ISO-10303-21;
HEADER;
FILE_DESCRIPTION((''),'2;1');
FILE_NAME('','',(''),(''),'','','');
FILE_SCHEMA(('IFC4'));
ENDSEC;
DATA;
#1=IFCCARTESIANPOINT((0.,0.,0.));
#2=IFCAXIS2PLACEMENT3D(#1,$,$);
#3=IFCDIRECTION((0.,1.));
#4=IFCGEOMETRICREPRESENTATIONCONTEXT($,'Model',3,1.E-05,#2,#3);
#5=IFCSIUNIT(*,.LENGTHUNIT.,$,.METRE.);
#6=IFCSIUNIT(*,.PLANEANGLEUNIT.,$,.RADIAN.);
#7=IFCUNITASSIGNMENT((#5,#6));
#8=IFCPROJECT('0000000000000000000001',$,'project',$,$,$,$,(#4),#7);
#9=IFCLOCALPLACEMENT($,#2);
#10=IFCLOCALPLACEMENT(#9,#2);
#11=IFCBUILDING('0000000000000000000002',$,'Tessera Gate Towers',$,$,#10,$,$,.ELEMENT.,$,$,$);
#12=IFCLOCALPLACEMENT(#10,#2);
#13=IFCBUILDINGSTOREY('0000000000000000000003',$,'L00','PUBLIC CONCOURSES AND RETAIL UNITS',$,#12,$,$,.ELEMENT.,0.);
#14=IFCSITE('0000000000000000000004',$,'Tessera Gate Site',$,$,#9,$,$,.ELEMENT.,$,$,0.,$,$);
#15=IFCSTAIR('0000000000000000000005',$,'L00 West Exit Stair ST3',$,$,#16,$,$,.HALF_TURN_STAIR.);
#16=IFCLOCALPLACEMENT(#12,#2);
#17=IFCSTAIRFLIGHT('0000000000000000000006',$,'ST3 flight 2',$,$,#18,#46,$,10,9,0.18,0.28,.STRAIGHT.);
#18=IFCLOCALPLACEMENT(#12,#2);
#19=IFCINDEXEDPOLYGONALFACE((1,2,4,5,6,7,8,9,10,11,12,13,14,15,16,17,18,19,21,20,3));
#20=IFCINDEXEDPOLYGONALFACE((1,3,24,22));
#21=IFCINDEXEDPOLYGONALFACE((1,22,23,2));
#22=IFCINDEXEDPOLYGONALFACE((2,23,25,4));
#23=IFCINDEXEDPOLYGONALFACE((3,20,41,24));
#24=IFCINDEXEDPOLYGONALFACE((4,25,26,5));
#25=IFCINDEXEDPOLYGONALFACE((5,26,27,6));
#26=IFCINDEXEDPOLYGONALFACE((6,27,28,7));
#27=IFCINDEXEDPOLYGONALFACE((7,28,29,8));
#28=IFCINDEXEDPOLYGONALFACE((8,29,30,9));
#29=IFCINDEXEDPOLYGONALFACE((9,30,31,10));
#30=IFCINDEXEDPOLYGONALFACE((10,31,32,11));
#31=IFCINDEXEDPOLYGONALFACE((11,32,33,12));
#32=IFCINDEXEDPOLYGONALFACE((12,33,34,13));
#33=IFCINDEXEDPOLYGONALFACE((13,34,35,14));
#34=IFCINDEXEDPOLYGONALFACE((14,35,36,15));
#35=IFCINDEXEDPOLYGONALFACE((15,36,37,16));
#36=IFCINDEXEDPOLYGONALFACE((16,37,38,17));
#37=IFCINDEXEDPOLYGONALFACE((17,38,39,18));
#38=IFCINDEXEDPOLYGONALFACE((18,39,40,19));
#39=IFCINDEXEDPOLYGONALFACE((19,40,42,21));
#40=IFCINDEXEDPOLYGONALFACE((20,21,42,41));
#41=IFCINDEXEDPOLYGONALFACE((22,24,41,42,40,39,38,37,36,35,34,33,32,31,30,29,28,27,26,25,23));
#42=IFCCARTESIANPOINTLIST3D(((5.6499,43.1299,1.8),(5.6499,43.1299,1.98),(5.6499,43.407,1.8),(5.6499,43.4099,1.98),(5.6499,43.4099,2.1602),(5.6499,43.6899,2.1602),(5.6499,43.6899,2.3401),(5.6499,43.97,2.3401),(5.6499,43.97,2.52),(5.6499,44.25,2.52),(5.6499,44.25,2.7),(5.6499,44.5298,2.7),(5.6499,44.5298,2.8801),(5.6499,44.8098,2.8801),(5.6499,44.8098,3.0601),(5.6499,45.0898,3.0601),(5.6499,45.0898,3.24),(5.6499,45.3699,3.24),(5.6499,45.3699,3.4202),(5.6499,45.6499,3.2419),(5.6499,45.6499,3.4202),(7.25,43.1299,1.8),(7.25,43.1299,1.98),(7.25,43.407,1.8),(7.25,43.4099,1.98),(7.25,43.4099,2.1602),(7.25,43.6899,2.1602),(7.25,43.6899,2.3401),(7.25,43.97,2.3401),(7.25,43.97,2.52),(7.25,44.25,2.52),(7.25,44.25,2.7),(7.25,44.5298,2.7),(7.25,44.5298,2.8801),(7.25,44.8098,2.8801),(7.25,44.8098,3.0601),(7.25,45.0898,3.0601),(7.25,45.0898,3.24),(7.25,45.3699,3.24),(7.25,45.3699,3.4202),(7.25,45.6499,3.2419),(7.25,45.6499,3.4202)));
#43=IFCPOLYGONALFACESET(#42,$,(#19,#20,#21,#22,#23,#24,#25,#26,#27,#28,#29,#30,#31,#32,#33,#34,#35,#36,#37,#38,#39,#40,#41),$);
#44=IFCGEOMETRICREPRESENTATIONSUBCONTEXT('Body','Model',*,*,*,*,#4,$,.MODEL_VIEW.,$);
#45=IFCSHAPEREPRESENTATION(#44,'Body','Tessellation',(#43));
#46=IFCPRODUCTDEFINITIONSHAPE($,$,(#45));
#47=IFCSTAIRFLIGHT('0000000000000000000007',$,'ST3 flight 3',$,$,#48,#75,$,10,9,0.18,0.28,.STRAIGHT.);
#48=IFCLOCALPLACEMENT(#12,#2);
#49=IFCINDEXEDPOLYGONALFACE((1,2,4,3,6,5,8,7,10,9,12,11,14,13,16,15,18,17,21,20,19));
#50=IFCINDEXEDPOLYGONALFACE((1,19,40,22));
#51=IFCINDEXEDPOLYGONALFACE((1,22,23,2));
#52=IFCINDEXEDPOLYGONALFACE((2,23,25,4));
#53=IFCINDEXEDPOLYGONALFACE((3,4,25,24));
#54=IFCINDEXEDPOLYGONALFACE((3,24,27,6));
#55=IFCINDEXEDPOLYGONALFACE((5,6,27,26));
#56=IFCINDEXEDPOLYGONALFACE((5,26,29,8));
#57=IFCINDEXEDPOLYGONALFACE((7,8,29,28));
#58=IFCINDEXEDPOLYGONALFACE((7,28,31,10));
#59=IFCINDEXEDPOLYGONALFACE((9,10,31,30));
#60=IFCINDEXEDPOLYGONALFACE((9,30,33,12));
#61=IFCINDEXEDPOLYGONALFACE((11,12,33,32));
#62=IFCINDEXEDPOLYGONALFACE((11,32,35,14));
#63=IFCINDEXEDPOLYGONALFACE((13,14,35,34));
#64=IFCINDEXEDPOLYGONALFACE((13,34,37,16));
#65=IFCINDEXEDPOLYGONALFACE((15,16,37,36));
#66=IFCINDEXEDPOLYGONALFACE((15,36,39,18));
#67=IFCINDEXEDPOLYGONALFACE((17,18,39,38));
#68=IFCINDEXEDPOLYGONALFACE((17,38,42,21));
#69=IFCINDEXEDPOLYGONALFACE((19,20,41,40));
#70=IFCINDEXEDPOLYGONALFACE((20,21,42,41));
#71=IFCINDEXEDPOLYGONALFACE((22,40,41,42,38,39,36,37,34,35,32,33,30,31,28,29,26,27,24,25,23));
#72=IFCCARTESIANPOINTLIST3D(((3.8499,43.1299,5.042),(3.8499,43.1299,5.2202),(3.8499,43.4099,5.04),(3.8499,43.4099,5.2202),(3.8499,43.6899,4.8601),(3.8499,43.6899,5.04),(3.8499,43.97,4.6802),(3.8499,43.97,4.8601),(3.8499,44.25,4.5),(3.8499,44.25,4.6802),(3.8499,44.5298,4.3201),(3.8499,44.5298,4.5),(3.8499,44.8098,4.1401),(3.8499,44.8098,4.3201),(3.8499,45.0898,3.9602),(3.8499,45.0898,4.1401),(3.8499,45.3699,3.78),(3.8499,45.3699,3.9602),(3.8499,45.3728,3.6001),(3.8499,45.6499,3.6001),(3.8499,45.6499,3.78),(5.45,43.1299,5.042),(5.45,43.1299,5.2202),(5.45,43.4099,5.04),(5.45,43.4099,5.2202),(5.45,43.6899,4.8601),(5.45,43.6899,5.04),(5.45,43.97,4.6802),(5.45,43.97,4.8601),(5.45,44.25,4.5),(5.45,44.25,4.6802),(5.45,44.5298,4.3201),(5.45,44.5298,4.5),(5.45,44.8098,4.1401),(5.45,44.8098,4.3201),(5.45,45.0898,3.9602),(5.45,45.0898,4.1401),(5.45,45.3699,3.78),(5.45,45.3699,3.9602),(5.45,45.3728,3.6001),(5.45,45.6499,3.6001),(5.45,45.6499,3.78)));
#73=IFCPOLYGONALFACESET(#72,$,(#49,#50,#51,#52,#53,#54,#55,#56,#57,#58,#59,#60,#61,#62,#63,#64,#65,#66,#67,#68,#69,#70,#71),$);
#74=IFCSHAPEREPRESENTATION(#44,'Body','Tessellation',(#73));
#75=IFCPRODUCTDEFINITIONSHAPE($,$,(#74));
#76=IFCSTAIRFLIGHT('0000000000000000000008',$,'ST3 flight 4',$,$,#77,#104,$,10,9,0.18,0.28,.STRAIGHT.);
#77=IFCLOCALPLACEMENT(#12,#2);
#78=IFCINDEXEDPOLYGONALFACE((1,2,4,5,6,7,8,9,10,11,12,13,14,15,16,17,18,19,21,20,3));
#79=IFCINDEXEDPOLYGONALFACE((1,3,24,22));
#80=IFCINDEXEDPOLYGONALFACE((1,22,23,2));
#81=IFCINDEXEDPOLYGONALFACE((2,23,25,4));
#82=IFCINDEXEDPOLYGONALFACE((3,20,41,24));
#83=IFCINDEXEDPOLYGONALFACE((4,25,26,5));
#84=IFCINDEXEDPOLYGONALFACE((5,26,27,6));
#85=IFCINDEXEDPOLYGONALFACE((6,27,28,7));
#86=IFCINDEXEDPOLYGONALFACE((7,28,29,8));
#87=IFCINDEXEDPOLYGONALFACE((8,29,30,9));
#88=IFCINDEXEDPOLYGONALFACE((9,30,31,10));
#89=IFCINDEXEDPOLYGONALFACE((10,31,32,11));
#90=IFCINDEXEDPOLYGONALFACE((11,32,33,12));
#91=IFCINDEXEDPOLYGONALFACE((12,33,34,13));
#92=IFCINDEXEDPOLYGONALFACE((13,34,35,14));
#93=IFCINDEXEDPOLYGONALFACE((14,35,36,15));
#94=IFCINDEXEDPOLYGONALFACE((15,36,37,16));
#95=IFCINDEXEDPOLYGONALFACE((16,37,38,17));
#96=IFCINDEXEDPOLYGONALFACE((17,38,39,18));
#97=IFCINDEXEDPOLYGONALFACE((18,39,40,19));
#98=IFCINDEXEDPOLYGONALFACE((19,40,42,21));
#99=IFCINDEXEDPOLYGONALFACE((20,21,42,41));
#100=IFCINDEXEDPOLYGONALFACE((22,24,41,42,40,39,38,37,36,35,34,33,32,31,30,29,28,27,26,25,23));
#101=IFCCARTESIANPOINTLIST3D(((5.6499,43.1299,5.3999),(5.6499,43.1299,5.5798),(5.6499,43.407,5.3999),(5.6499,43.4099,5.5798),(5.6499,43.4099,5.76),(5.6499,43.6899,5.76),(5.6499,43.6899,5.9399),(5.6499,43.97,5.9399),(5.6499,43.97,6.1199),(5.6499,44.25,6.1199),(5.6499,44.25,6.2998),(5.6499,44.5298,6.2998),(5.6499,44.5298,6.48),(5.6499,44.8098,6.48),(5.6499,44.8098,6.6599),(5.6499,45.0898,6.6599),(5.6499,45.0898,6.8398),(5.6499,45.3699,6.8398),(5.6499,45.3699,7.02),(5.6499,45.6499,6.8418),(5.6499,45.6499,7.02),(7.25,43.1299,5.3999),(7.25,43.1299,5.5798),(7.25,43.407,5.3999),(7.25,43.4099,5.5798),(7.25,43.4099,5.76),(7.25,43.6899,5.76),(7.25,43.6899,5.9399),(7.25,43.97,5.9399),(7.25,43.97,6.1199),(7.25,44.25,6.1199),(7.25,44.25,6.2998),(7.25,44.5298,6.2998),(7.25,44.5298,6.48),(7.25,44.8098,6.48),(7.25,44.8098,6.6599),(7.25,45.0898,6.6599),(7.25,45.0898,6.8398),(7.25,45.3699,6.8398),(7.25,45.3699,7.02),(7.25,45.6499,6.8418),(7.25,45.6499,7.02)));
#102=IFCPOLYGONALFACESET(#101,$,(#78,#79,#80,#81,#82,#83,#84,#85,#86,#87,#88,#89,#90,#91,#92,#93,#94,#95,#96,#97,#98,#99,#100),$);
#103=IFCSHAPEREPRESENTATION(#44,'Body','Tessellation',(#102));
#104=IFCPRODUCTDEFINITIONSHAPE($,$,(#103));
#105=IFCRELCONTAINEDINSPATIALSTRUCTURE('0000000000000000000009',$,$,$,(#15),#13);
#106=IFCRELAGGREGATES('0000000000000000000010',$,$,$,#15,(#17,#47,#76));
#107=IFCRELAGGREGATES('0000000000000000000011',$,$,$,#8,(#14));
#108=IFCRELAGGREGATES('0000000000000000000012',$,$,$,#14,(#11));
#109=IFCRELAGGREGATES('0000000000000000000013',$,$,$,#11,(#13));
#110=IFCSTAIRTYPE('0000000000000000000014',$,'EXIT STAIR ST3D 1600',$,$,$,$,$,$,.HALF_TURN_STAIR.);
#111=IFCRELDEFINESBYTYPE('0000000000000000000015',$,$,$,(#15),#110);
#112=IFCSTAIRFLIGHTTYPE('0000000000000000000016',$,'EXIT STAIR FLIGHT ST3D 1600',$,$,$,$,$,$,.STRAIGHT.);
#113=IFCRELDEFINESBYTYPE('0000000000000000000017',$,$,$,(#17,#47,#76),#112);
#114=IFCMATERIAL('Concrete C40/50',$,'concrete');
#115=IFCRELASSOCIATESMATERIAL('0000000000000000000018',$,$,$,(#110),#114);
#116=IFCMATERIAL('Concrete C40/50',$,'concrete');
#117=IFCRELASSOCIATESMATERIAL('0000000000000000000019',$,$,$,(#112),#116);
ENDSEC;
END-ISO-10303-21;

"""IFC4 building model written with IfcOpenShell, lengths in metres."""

from ifc_helpers import new_model, si_unit, direction, frame, origin, place, context, subcontext, project, spatial, polyline, outline, extrude, material, type_object, element, aggregate, save


model = new_model("IFC4")

# Units and contexts
model_context = context("Model", 3, precision=1e-05, world=origin(), true_north=direction((0.0, 1.0)))
body_context = subcontext(model_context, "Body", "Model", "MODEL_VIEW")
ifc_project = project(units=[si_unit("LENGTHUNIT", "METRE"), si_unit("PLANEANGLEUNIT", "RADIAN")], contexts=[model_context])

# Site, building, storey
site_placement = place(None, origin())
site = spatial("IfcSite", under=ifc_project, at=site_placement, Name="Tessera Gate Site", CompositionType="ELEMENT", RefElevation=0.0)
building_placement = place(site_placement, origin())
building = spatial("IfcBuilding", under=site, at=building_placement, Name="Tessera Gate Towers", CompositionType="ELEMENT")
storey_placement = place(building_placement, origin())
storey = spatial("IfcBuildingStorey", under=building, at=storey_placement, Name="L00", Description="PUBLIC CONCOURSES AND RETAIL UNITS", CompositionType="ELEMENT", Elevation=0.0)

# Stair, stair flights
ifc_material_1 = material(Name="Concrete C40/50", Category="concrete")
stair_type = type_object("IfcStairType", Name="EXIT STAIR ST3D 1600", PredefinedType="HALF_TURN_STAIR", material=ifc_material_1)
stair_placement = place(storey_placement, origin())
stair = element("IfcStair", 1, at=stair_placement, inside=storey, type_object=stair_type, Name="L00 West Exit Stair ST3", PredefinedType="HALF_TURN_STAIR")
ifc_material_2 = material(Name="Concrete C40/50", Category="concrete")
stair_flight_type = type_object("IfcStairFlightType", Name="EXIT STAIR FLIGHT ST3D 1600", PredefinedType="STRAIGHT", material=ifc_material_2)
stair_flight_1_placement = place(storey_placement, frame((6.45, 43.1299, 1.8), z_axis=(0.0, 0.0, 1.0), x_axis=(0.0, 1.0, 0.0)))
stair_flight_1 = element("IfcStairFlight", 2, at=stair_flight_1_placement, type_object=stair_flight_type, Name="ST3 flight 2", NumberOfRisers=10, NumberOfTreads=9, PredefinedType="STRAIGHT", RiserHeight=0.18, TreadLength=0.28, context=body_context, shape_type="SweptSolid", body=[
    extrude(outline(polyline([(0.0, 0.0), (0.0, 0.1799), (0.28, 0.1799), (0.28, 0.3601), (0.5601, 0.3601), (0.5601, 0.54), (0.8401, 0.54), (0.8401, 0.72), (1.1201, 0.72), (1.1201, 0.8999), (1.3999, 0.8999), (1.3999, 1.0801), (1.6799, 1.0801), (1.6799, 1.26), (1.96, 1.26), (1.96, 1.4399), (2.24, 1.4399), (2.24, 1.6201), (2.52, 1.6201), (2.52, 1.8), (2.52, 1.4419), (0.2771, 0.0), (0.0, 0.0)])), frame((0.0, 0.8, 0.0), z_axis=(0.0, -1.0, 0.0), x_axis=(1.0, 0.0, 0.0)), (0.0, 0.0, 1.0), 1.6001),
])
stair_flight_2_placement = place(storey_placement, frame((4.6499, 45.6499, 3.6001), z_axis=(0.0, 0.0, 1.0), x_axis=(0.0, -1.0, 0.0)))
stair_flight_2 = element("IfcStairFlight", 3, at=stair_flight_2_placement, type_object=stair_flight_type, Name="ST3 flight 3", NumberOfRisers=10, NumberOfTreads=9, PredefinedType="STRAIGHT", RiserHeight=0.18, TreadLength=0.28, context=body_context, shape_type="SweptSolid", body=[
    extrude(outline(polyline([(0.0, 0.0), (0.0, 0.1799), (0.28, 0.1799), (0.28, 0.3601), (0.5601, 0.3601), (0.5601, 0.54), (0.8401, 0.54), (0.8401, 0.72), (1.1201, 0.72), (1.1201, 0.8999), (1.3999, 0.8999), (1.3999, 1.0801), (1.6799, 1.0801), (1.6799, 1.26), (1.96, 1.26), (1.96, 1.4399), (2.24, 1.4399), (2.24, 1.6201), (2.52, 1.6201), (2.52, 1.8), (2.52, 1.4419), (0.2771, 0.0), (0.0, 0.0)])), frame((0.0, 0.8, 0.0), z_axis=(0.0, -1.0, 0.0), x_axis=(1.0, 0.0, 0.0)), (0.0, 0.0, 1.0), 1.6001),
])
stair_flight_3_placement = place(storey_placement, frame((6.45, 43.1299, 5.3999), z_axis=(0.0, 0.0, 1.0), x_axis=(0.0, 1.0, 0.0)))
stair_flight_3 = element("IfcStairFlight", 4, at=stair_flight_3_placement, type_object=stair_flight_type, Name="ST3 flight 4", NumberOfRisers=10, NumberOfTreads=9, PredefinedType="STRAIGHT", RiserHeight=0.18, TreadLength=0.28, context=body_context, shape_type="SweptSolid", body=[
    extrude(outline(polyline([(0.0, 0.0), (0.0, 0.1799), (0.28, 0.1799), (0.28, 0.3601), (0.5601, 0.3601), (0.5601, 0.54), (0.8401, 0.54), (0.8401, 0.72), (1.1201, 0.72), (1.1201, 0.8999), (1.3999, 0.8999), (1.3999, 1.0801), (1.6799, 1.0801), (1.6799, 1.26), (1.96, 1.26), (1.96, 1.4399), (2.24, 1.4399), (2.24, 1.6201), (2.52, 1.6201), (2.52, 1.8), (2.52, 1.4419), (0.2771, 0.0), (0.0, 0.0)])), frame((0.0, 0.8, 0.0), z_axis=(0.0, -1.0, 0.0), x_axis=(1.0, 0.0, 0.0)), (0.0, 0.0, 1.0), 1.6001),
])
aggregate(stair, [stair_flight_1, stair_flight_2, stair_flight_3])

save(model, "model.ifc")
